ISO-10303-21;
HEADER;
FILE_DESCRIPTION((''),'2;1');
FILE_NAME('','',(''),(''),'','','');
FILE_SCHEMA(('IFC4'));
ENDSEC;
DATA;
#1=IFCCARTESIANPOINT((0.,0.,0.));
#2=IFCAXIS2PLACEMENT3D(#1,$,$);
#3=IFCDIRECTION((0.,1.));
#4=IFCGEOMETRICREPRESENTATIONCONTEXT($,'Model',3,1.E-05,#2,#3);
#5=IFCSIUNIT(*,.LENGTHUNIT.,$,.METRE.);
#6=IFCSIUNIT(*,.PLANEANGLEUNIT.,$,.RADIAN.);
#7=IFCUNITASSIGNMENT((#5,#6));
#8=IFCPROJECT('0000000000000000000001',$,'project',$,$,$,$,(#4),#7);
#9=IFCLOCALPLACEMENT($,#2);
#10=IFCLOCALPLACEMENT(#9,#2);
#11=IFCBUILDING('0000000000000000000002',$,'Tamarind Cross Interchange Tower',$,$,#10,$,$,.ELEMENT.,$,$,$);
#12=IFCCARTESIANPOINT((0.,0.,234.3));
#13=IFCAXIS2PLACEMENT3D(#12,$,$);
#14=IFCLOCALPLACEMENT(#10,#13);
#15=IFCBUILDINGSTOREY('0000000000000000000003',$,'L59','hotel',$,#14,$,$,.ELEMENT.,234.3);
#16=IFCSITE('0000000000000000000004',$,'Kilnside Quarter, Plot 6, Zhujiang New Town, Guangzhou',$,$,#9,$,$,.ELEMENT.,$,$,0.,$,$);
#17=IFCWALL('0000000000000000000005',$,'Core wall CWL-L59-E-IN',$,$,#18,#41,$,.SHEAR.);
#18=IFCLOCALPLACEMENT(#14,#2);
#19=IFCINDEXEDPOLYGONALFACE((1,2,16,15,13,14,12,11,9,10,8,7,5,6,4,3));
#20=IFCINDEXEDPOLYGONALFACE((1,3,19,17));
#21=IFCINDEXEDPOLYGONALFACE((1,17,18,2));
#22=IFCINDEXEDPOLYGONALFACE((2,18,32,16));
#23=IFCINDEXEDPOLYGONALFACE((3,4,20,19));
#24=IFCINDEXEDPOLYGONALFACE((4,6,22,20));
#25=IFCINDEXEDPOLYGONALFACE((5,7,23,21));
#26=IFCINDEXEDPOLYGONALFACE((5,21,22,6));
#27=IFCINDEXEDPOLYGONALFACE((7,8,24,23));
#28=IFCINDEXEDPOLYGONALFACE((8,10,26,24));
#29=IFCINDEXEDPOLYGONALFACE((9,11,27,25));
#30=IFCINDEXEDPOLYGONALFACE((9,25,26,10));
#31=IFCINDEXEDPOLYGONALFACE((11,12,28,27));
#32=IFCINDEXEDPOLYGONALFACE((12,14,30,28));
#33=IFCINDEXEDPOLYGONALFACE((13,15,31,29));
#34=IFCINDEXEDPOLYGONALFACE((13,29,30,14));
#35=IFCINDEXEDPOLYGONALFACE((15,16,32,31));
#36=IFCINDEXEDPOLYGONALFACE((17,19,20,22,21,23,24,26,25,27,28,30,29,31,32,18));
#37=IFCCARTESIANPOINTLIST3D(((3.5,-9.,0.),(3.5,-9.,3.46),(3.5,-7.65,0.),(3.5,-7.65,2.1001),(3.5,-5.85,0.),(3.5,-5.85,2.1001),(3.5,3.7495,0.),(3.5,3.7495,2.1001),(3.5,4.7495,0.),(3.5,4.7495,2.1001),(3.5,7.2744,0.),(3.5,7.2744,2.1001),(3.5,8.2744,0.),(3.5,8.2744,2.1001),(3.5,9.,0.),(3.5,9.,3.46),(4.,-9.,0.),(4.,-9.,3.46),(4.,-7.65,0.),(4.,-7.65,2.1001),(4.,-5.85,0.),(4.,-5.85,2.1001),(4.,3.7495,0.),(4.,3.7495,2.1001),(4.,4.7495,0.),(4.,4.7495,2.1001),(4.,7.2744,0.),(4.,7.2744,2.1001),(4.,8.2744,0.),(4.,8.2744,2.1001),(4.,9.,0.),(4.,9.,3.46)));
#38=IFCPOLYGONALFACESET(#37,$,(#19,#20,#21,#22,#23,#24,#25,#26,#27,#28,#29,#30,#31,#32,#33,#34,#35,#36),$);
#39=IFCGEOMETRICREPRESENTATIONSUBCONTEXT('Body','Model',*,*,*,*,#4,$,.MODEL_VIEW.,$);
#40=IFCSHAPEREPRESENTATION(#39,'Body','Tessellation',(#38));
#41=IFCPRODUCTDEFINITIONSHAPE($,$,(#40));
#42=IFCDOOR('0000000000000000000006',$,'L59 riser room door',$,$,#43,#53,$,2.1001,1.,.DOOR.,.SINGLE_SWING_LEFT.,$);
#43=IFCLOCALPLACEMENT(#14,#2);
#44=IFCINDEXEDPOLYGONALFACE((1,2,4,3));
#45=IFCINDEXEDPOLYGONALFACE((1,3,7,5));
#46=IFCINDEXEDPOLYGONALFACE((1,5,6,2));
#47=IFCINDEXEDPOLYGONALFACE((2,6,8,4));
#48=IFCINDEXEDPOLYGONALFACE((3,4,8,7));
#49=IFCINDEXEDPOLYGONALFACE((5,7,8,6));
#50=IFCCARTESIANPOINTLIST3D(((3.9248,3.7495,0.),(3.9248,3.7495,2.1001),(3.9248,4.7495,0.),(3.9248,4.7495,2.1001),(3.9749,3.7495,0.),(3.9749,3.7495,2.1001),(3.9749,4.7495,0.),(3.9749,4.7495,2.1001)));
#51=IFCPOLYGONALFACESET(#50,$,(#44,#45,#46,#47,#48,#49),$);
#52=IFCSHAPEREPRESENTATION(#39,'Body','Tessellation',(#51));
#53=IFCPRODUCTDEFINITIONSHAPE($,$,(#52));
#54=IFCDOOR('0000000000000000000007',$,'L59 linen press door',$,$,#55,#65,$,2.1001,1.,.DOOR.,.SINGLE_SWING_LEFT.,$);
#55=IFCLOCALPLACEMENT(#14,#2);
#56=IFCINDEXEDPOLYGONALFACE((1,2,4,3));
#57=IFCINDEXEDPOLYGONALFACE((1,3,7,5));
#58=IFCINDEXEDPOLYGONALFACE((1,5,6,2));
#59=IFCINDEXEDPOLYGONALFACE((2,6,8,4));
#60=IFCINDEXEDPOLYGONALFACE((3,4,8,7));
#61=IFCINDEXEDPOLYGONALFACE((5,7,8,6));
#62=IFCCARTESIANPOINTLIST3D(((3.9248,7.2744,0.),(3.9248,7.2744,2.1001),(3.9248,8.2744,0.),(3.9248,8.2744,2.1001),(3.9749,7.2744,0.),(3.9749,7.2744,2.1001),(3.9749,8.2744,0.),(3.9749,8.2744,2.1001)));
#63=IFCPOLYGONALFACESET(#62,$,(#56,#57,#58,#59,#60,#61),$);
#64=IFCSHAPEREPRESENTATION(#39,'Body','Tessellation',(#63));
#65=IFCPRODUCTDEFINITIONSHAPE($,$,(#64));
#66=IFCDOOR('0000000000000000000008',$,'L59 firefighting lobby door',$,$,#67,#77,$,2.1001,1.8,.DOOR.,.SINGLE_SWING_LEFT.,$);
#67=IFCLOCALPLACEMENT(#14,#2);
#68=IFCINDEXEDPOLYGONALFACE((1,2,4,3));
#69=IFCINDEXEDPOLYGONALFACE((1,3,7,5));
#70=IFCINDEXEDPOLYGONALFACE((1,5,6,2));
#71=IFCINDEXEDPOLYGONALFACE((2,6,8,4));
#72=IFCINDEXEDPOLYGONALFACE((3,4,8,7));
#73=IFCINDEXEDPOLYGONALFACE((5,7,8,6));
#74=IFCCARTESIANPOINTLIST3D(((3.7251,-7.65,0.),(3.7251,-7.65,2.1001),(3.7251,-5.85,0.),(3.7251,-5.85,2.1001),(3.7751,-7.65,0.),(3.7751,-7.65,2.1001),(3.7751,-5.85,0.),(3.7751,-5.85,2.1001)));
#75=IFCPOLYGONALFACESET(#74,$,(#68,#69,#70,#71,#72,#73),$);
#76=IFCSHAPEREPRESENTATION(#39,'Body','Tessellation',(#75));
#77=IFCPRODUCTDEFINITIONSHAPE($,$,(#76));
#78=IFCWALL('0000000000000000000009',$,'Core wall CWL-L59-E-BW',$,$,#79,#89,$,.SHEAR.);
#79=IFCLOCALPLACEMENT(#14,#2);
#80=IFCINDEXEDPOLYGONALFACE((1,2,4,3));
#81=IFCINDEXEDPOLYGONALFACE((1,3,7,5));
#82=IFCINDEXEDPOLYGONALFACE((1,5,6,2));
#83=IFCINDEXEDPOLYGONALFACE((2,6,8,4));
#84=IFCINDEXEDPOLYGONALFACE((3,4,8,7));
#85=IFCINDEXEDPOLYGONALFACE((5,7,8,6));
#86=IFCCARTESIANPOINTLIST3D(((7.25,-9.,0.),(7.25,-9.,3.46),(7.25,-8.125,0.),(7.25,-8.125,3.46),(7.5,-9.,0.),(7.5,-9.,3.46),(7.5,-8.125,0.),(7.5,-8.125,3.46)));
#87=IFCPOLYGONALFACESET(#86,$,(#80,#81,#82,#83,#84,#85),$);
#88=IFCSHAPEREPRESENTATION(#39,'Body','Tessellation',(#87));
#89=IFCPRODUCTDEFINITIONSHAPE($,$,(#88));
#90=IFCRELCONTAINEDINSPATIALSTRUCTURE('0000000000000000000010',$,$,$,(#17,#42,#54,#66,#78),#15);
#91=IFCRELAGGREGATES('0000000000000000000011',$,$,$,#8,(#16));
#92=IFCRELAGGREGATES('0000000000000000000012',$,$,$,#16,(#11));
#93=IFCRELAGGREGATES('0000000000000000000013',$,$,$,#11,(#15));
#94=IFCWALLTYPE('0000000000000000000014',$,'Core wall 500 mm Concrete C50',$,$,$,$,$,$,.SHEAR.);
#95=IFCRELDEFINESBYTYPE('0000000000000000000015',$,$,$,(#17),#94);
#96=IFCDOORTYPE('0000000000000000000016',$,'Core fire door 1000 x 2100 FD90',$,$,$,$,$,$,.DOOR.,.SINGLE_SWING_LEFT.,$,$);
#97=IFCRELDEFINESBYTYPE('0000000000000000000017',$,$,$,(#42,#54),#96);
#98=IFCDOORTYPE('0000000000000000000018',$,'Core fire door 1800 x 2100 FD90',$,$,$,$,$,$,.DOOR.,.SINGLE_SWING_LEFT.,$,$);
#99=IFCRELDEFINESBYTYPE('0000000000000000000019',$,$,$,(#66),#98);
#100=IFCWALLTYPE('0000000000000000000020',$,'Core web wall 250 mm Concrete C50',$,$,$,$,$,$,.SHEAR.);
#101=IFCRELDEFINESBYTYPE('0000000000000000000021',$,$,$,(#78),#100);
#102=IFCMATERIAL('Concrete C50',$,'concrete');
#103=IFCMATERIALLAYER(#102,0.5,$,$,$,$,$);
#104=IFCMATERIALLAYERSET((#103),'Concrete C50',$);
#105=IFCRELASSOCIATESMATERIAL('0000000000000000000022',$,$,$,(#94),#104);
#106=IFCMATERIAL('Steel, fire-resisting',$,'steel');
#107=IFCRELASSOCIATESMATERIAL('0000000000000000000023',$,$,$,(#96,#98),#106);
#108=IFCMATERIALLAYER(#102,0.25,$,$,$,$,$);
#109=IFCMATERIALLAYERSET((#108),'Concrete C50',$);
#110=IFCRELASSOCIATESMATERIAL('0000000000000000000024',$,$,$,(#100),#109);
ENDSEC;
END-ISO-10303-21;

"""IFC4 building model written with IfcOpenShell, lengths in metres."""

from ifc_helpers import new_model, si_unit, direction, frame, frame_2d, origin, place, context, subcontext, project, spatial, rectangle, extrude, material, layer, layer_set, type_object, element, fill, save


model = new_model("IFC4")

# Units and contexts
model_context = context("Model", 3, precision=1e-05, world=origin(), true_north=direction((0.0, 1.0)))
body_context = subcontext(model_context, "Body", "Model", "MODEL_VIEW")
ifc_project = project(units=[si_unit("LENGTHUNIT", "METRE"), si_unit("PLANEANGLEUNIT", "RADIAN")], contexts=[model_context])

# Site, building, storey
site_placement = place(None, origin())
site = spatial("IfcSite", under=ifc_project, at=site_placement, Name="Kilnside Quarter, Plot 6, Zhujiang New Town, Guangzhou", CompositionType="ELEMENT", RefElevation=0.0)
building_placement = place(site_placement, origin())
building = spatial("IfcBuilding", under=site, at=building_placement, Name="Tamarind Cross Interchange Tower", CompositionType="ELEMENT")
storey_placement = place(building_placement, frame((0.0, 0.0, 234.3)))
storey = spatial("IfcBuildingStorey", under=building, at=storey_placement, Name="L59", Description="hotel", CompositionType="ELEMENT", Elevation=234.3)

# Wall, openings, doors
ifc_material_1 = material(Name="Concrete C50", Category="concrete")
ifc_layer_1 = layer(ifc_material_1, 0.5)
ifc_layer_set_1 = layer_set([ifc_layer_1], Name="Concrete C50")
wall_type_1 = type_object("IfcWallType", Name="Core wall 500 mm Concrete C50", PredefinedType="SHEAR", material=ifc_layer_set_1)
wall_1_placement = place(storey_placement, frame((3.75, -9.0, 0.0), z_axis=(0.0, 0.0, 1.0), x_axis=(0.0, 1.0, 0.0)))
wall_1 = element("IfcWall", 1, at=wall_1_placement, inside=storey, type_object=wall_type_1, Name="Core wall CWL-L59-E-IN", PredefinedType="SHEAR", context=body_context, shape_type="SweptSolid", body=[
    extrude(rectangle(XDim=18.0, YDim=0.5, at=frame_2d((9.0, 0.0))), origin(), (0.0, 0.0, 1.0), 3.46),
])
opening_1_placement = place(wall_1_placement, frame((1.3501, 0.0, 0.0)))
opening_1 = element("IfcOpeningElement", 2, at=opening_1_placement, cuts=wall_1, PredefinedType="OPENING", context=body_context, shape_type="SweptSolid", body=[
    extrude(rectangle(XDim=1.8, YDim=2.1001, at=frame_2d((0.8999, 1.05))), frame((0.0, 0.26, 0.0), z_axis=(0.0, -1.0, 0.0), x_axis=(1.0, 0.0, 0.0)), (0.0, 0.0, 1.0), 0.52),
])
opening_2_placement = place(wall_1_placement, frame((12.7495, 0.0, 0.0)))
opening_2 = element("IfcOpeningElement", 3, at=opening_2_placement, cuts=wall_1, PredefinedType="OPENING", context=body_context, shape_type="SweptSolid", body=[
    extrude(rectangle(XDim=1.0, YDim=2.1001, at=frame_2d((0.5, 1.05))), frame((0.0, 0.26, 0.0), z_axis=(0.0, -1.0, 0.0), x_axis=(1.0, 0.0, 0.0)), (0.0, 0.0, 1.0), 0.52),
])
opening_3_placement = place(wall_1_placement, frame((16.2744, 0.0, 0.0)))
opening_3 = element("IfcOpeningElement", 4, at=opening_3_placement, cuts=wall_1, PredefinedType="OPENING", context=body_context, shape_type="SweptSolid", body=[
    extrude(rectangle(XDim=1.0, YDim=2.1001, at=frame_2d((0.5, 1.05))), frame((0.0, 0.26, 0.0), z_axis=(0.0, -1.0, 0.0), x_axis=(1.0, 0.0, 0.0)), (0.0, 0.0, 1.0), 0.52),
])
ifc_material_2 = material(Name="Steel, fire-resisting", Category="steel")
door_type_1 = type_object("IfcDoorType", Name="Core fire door 1000 x 2100 FD90", OperationType="SINGLE_SWING_LEFT", PredefinedType="DOOR", material=ifc_material_2)
door_1_placement = place(opening_2_placement, origin())
door_1 = element("IfcDoor", 5, at=door_1_placement, inside=storey, type_object=door_type_1, Name="L59 riser room door", OperationType="SINGLE_SWING_LEFT", OverallHeight=2.1001, OverallWidth=1.0, PredefinedType="DOOR", context=body_context, shape_type="SweptSolid", body=[
    extrude(rectangle(XDim=1.0, YDim=2.1001, at=frame_2d((0.5, 1.05))), frame((0.0, -0.1748, 0.0), z_axis=(0.0, -1.0, 0.0), x_axis=(1.0, 0.0, 0.0)), (0.0, 0.0, 1.0), 0.05),
])
fill(opening_2, door_1)
door_2_placement = place(opening_3_placement, origin())
door_2 = element("IfcDoor", 6, at=door_2_placement, inside=storey, type_object=door_type_1, Name="L59 linen press door", OperationType="SINGLE_SWING_LEFT", OverallHeight=2.1001, OverallWidth=1.0, PredefinedType="DOOR", context=body_context, shape_type="SweptSolid", body=[
    extrude(rectangle(XDim=1.0, YDim=2.1001, at=frame_2d((0.5, 1.05))), frame((0.0, -0.1748, 0.0), z_axis=(0.0, -1.0, 0.0), x_axis=(1.0, 0.0, 0.0)), (0.0, 0.0, 1.0), 0.05),
])
fill(opening_3, door_2)
door_type_2 = type_object("IfcDoorType", Name="Core fire door 1800 x 2100 FD90", OperationType="SINGLE_SWING_LEFT", PredefinedType="DOOR", material=ifc_material_2)
door_3_placement = place(opening_1_placement, origin())
door_3 = element("IfcDoor", 7, at=door_3_placement, inside=storey, type_object=door_type_2, Name="L59 firefighting lobby door", OperationType="SINGLE_SWING_LEFT", OverallHeight=2.1001, OverallWidth=1.8, PredefinedType="DOOR", context=body_context, shape_type="SweptSolid", body=[
    extrude(rectangle(XDim=1.8, YDim=2.1001, at=frame_2d((0.8999, 1.05))), frame((0.0, 0.0249, 0.0), z_axis=(0.0, -1.0, 0.0), x_axis=(1.0, 0.0, 0.0)), (0.0, 0.0, 1.0), 0.05),
])
fill(opening_1, door_3)

# Wall
ifc_layer_2 = layer(ifc_material_1, 0.25)
ifc_layer_set_2 = layer_set([ifc_layer_2], Name="Concrete C50")
wall_type_2 = type_object("IfcWallType", Name="Core web wall 250 mm Concrete C50", PredefinedType="SHEAR", material=ifc_layer_set_2)
wall_2_placement = place(storey_placement, frame((7.375, -9.0, 0.0), z_axis=(0.0, 0.0, 1.0), x_axis=(0.0, 1.0, 0.0)))
element("IfcWall", 8, at=wall_2_placement, inside=storey, type_object=wall_type_2, Name="Core wall CWL-L59-E-BW", PredefinedType="SHEAR", context=body_context, shape_type="SweptSolid", body=[
    extrude(rectangle(XDim=0.875, YDim=0.25, at=frame_2d((0.4375, 0.0))), origin(), (0.0, 0.0, 1.0), 3.46),
])

save(model, "model.ifc")
